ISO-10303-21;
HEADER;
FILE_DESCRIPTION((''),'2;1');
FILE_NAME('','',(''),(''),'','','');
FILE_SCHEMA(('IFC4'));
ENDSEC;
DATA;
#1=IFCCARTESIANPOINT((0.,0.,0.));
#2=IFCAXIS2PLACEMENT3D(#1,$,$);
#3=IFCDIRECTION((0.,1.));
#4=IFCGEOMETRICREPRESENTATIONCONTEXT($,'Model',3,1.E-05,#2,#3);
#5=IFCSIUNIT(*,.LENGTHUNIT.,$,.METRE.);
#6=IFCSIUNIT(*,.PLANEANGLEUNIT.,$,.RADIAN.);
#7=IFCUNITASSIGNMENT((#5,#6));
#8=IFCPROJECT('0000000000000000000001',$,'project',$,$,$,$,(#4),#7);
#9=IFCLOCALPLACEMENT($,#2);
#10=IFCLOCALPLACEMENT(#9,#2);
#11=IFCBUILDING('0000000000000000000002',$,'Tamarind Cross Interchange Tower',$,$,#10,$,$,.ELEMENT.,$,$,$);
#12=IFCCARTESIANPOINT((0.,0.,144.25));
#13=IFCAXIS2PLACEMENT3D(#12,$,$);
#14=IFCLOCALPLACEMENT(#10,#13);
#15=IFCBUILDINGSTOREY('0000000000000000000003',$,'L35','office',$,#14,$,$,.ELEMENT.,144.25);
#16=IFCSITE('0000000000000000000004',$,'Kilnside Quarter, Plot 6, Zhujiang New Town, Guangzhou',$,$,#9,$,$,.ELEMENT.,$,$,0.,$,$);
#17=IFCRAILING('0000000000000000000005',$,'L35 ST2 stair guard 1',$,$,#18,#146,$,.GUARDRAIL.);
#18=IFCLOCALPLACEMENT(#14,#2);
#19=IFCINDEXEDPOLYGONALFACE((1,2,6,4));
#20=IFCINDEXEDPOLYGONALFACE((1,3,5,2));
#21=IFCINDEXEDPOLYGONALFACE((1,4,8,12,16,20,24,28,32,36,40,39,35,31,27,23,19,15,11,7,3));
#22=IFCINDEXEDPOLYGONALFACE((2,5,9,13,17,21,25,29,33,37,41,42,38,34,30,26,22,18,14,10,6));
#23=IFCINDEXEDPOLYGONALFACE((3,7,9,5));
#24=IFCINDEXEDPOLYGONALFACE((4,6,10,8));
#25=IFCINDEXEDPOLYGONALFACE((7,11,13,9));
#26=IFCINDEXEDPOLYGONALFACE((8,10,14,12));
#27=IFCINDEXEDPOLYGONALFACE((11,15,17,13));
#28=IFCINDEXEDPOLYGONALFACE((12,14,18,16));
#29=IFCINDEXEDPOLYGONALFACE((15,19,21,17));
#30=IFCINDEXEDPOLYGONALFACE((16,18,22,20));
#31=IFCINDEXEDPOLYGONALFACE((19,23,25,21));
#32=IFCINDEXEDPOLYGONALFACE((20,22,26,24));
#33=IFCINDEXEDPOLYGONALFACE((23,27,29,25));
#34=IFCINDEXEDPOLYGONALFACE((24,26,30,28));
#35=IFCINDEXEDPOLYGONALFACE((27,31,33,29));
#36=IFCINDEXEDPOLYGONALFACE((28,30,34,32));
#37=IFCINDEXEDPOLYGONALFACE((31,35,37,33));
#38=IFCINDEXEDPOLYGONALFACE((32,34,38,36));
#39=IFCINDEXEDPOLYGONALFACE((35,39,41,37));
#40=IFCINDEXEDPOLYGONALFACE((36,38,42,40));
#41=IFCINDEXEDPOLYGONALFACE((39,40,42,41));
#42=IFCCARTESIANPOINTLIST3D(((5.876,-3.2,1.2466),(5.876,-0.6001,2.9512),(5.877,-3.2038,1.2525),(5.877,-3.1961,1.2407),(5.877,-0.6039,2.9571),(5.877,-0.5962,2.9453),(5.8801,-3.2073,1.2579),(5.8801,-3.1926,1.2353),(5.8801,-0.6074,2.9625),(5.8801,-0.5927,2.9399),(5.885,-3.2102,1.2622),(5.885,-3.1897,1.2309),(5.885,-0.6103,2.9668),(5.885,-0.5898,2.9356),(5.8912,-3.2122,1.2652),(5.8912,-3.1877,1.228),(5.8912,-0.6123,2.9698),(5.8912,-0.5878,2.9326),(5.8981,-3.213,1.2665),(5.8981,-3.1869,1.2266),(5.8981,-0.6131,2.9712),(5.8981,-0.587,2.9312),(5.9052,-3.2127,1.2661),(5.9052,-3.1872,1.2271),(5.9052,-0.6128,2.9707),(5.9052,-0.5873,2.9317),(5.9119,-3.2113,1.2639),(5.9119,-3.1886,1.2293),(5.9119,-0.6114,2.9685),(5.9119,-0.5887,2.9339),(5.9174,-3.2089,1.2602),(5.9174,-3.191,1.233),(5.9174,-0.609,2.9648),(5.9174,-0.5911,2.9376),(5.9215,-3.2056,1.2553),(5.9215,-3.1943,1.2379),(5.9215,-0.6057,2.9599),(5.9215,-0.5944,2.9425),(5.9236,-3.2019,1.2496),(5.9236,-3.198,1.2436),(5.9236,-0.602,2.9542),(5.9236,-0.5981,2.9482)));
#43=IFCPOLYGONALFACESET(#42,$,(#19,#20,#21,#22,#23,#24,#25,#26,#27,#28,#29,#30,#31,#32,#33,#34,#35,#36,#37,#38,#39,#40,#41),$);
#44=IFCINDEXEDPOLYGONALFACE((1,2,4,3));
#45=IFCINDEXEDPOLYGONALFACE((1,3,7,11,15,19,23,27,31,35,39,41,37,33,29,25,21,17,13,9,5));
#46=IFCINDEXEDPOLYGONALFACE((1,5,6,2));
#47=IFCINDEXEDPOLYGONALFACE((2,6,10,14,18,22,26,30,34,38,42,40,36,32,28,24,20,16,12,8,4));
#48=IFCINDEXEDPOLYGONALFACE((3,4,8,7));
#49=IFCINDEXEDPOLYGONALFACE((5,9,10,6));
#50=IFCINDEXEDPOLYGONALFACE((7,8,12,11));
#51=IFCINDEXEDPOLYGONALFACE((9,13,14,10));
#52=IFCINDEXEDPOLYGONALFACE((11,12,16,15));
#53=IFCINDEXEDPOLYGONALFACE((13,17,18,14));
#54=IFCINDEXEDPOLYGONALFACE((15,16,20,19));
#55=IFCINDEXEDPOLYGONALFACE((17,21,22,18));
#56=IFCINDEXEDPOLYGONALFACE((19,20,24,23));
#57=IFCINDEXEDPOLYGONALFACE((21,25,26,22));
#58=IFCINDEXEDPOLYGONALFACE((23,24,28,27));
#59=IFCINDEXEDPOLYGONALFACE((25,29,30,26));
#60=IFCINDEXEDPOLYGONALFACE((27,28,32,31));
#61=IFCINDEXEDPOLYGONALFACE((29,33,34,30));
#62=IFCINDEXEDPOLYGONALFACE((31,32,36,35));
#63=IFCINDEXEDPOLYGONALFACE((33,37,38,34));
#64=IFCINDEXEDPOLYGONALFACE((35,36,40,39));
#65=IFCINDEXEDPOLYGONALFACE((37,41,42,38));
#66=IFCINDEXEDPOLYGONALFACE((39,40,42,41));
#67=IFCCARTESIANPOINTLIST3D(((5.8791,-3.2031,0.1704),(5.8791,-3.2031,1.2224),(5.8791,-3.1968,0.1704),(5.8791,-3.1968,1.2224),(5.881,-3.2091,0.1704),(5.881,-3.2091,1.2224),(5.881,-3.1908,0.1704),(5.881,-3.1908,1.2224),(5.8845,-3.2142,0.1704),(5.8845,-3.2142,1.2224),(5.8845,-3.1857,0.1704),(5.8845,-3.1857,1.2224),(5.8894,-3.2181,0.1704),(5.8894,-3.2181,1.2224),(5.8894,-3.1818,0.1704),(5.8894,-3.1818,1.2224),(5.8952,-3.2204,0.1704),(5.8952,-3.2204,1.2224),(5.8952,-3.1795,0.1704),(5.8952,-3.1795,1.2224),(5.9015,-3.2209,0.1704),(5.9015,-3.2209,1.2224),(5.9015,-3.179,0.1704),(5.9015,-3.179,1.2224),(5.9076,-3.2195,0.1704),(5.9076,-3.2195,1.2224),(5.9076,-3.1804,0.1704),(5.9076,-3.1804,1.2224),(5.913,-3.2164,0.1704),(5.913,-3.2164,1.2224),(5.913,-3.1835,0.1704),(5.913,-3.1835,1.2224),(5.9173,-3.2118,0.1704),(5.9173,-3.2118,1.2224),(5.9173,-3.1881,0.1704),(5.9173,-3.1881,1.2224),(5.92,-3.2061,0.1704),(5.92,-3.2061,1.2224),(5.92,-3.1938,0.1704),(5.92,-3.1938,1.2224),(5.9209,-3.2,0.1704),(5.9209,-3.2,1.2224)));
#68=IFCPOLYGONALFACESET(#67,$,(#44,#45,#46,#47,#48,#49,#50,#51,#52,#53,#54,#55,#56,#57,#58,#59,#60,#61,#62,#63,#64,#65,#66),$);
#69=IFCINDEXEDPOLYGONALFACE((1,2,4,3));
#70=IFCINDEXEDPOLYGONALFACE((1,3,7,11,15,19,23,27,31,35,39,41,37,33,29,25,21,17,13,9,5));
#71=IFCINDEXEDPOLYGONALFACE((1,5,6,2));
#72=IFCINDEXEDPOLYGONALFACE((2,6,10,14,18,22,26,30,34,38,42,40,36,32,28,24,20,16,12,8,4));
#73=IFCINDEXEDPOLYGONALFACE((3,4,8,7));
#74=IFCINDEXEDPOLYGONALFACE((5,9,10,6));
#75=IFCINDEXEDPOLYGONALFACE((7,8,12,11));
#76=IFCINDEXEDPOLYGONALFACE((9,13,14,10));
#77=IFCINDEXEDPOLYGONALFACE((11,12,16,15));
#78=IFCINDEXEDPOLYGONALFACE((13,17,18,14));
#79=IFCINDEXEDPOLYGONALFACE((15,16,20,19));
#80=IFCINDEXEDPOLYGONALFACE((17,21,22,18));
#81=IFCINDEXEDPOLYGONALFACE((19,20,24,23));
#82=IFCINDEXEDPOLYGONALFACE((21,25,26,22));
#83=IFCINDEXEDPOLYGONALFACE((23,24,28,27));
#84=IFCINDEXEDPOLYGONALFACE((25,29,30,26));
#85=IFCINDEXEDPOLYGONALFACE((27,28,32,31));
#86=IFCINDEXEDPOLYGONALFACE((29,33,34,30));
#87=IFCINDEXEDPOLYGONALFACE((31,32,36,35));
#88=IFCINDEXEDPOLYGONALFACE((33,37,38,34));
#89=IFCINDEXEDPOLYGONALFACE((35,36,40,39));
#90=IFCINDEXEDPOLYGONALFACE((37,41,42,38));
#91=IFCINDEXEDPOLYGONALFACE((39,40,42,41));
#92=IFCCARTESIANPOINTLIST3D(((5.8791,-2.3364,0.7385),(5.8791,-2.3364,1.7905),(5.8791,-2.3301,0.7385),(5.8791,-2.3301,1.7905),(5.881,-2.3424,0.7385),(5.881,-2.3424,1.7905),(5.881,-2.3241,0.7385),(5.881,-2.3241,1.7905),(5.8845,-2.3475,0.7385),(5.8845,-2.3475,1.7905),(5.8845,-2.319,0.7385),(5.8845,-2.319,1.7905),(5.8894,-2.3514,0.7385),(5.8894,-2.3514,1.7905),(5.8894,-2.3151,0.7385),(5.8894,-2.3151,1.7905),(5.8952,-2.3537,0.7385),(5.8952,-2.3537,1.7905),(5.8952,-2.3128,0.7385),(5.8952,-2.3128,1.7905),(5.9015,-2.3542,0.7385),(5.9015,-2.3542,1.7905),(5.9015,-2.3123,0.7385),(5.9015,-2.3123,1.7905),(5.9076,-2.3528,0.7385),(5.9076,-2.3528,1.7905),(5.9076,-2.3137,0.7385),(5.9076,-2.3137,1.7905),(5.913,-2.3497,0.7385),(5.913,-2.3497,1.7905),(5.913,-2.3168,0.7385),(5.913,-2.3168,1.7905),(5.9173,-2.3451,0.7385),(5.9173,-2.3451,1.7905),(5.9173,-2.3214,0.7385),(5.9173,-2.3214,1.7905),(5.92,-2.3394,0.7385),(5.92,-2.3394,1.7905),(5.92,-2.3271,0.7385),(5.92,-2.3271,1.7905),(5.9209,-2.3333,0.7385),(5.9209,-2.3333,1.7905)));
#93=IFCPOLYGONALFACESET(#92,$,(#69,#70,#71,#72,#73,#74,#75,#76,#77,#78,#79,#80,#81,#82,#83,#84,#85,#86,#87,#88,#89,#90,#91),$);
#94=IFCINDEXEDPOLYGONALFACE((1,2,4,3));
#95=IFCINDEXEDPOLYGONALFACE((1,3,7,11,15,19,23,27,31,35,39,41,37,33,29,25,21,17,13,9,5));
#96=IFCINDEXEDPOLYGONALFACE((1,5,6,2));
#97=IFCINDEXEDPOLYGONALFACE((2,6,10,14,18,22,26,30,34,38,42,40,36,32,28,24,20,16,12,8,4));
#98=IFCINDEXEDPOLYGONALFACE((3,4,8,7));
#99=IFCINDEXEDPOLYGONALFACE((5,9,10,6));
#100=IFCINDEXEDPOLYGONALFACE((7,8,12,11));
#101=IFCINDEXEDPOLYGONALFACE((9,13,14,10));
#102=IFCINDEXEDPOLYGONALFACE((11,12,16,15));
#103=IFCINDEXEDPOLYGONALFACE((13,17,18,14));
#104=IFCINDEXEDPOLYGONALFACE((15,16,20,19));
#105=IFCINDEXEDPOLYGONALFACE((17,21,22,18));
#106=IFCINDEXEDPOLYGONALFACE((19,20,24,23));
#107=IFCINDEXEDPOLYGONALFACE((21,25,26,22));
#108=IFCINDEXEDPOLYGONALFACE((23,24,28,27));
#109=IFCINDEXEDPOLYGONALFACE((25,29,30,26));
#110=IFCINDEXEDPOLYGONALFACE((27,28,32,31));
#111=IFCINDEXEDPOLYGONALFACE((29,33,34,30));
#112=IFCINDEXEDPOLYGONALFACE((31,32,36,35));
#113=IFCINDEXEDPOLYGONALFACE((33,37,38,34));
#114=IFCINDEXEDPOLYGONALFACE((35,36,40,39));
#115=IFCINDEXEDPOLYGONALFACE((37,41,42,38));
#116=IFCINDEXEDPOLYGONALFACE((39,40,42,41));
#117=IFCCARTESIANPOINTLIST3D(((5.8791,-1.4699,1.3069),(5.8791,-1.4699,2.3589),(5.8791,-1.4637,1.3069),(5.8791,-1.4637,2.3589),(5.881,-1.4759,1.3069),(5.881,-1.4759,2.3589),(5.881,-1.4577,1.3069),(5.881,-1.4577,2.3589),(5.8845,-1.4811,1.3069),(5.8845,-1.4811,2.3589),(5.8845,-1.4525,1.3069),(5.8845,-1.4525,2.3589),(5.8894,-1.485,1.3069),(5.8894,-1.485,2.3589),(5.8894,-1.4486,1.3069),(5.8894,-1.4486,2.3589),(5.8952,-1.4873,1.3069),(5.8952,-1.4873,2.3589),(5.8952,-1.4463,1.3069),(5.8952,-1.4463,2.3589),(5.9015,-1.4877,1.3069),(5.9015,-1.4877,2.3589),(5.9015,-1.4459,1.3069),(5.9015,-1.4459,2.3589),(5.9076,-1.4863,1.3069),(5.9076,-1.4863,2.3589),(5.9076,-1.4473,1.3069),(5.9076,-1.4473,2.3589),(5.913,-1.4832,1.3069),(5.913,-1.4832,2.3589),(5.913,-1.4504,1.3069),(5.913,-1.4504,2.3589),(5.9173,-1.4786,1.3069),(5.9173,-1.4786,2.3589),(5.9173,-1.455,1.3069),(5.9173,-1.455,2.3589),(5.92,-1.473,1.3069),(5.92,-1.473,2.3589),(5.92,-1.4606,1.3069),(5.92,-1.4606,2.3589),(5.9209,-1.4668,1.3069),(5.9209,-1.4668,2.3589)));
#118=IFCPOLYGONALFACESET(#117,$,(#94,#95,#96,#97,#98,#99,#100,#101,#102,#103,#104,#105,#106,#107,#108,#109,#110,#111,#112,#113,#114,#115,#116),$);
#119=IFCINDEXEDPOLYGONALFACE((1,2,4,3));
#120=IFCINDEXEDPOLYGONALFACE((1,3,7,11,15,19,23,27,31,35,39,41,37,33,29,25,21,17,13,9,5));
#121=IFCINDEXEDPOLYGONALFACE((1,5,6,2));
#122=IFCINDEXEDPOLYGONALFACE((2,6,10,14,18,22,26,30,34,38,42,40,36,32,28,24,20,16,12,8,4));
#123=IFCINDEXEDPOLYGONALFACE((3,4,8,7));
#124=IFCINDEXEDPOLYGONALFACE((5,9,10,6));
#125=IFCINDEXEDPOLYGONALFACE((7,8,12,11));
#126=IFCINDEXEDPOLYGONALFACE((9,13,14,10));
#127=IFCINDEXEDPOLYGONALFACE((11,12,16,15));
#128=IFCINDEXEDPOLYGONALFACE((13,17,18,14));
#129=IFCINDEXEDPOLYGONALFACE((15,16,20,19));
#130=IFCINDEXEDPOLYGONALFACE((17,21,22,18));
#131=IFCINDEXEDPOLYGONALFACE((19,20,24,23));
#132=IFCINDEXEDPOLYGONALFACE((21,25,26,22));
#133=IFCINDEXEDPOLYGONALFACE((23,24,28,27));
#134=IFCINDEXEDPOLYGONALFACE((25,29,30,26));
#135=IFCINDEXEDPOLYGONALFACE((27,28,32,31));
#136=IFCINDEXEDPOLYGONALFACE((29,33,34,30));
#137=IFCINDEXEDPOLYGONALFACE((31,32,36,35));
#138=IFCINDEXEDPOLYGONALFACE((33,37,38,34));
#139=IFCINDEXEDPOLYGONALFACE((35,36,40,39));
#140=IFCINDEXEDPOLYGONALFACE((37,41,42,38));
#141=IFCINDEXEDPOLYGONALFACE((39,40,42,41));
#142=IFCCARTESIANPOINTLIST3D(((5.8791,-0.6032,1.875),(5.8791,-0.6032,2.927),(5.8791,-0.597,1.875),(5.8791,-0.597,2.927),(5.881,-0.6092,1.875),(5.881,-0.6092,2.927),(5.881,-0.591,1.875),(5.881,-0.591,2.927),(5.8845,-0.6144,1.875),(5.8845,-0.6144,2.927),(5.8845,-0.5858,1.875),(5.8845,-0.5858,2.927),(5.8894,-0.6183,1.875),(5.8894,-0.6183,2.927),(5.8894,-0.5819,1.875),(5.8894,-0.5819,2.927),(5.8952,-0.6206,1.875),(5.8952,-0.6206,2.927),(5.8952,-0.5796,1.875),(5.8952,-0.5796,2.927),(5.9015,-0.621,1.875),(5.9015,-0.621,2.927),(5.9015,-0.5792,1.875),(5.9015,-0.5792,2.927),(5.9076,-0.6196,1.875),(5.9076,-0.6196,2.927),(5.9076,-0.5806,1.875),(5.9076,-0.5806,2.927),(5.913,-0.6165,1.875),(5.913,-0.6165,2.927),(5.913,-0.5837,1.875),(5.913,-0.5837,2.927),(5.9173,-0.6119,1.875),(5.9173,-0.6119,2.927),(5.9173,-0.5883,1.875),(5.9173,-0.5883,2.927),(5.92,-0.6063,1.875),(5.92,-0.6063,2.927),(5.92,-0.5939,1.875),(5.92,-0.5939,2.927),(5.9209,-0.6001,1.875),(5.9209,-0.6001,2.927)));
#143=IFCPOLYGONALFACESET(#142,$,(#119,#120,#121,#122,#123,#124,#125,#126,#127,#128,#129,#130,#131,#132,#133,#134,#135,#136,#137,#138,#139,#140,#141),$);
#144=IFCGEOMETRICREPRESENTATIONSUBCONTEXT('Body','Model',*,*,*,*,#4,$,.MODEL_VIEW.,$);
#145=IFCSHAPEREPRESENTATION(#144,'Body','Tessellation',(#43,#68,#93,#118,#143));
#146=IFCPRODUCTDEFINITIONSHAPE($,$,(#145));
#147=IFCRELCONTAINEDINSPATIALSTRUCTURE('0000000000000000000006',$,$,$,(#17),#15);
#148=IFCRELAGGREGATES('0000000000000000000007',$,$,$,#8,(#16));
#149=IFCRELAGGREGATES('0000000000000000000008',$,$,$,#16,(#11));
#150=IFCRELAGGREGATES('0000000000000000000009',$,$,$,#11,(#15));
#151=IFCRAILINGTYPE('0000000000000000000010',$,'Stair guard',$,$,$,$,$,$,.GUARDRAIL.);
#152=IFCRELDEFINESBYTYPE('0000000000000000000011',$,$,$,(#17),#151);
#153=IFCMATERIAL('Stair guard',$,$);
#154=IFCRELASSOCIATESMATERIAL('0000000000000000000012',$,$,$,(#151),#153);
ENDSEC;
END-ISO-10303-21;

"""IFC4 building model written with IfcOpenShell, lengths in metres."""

from ifc_helpers import new_model, si_unit, direction, frame, origin, origin_2d, place, context, subcontext, project, spatial, circle, extrude, material, type_object, element, save


model = new_model("IFC4")

# Units and contexts
model_context = context("Model", 3, precision=1e-05, world=origin(), true_north=direction((0.0, 1.0)))
body_context = subcontext(model_context, "Body", "Model", "MODEL_VIEW")
ifc_project = project(units=[si_unit("LENGTHUNIT", "METRE"), si_unit("PLANEANGLEUNIT", "RADIAN")], contexts=[model_context])

# Site, building, storey
site_placement = place(None, origin())
site = spatial("IfcSite", under=ifc_project, at=site_placement, Name="Kilnside Quarter, Plot 6, Zhujiang New Town, Guangzhou", CompositionType="ELEMENT", RefElevation=0.0)
building_placement = place(site_placement, origin())
building = spatial("IfcBuilding", under=site, at=building_placement, Name="Tamarind Cross Interchange Tower", CompositionType="ELEMENT")
storey_placement = place(building_placement, frame((0.0, 0.0, 144.25)))
storey = spatial("IfcBuildingStorey", under=building, at=storey_placement, Name="L35", Description="office", CompositionType="ELEMENT", Elevation=144.25)

# Railing
ifc_material_1 = material(Name="Stair guard")
railing_type_1 = type_object("IfcRailingType", Name="Stair guard", PredefinedType="GUARDRAIL", material=ifc_material_1)
railing_1_placement = place(storey_placement, frame((5.8999, -3.2, 0.1704)))
element("IfcRailing", 1, at=railing_1_placement, inside=storey, type_object=railing_type_1, Name="L35 ST2 stair guard 1", PredefinedType="GUARDRAIL", context=body_context, shape_type="SweptSolid", body=[
    extrude(circle(Radius=0.0239, at=origin_2d()), frame((0.0, 0.0, 1.0762), z_axis=(0.0, 0.836279, 0.548305), x_axis=(-1.0, 0.0, 0.0)), (0.0, 0.0, 1.0), 3.1089),
    extrude(circle(Radius=0.021, at=origin_2d()), origin(), (0.0, 0.0, 1.0), 1.052),
    extrude(circle(Radius=0.021, at=origin_2d()), frame((0.0, 0.8667, 0.5681)), (0.0, 0.0, 1.0), 1.052),
    extrude(circle(Radius=0.021, at=origin_2d()), frame((0.0, 1.7332, 1.1365)), (0.0, 0.0, 1.0), 1.052),
    extrude(circle(Radius=0.021, at=origin_2d()), frame((0.0, 2.5999, 1.7046)), (0.0, 0.0, 1.0), 1.052),
])

save(model, "model.ifc")
